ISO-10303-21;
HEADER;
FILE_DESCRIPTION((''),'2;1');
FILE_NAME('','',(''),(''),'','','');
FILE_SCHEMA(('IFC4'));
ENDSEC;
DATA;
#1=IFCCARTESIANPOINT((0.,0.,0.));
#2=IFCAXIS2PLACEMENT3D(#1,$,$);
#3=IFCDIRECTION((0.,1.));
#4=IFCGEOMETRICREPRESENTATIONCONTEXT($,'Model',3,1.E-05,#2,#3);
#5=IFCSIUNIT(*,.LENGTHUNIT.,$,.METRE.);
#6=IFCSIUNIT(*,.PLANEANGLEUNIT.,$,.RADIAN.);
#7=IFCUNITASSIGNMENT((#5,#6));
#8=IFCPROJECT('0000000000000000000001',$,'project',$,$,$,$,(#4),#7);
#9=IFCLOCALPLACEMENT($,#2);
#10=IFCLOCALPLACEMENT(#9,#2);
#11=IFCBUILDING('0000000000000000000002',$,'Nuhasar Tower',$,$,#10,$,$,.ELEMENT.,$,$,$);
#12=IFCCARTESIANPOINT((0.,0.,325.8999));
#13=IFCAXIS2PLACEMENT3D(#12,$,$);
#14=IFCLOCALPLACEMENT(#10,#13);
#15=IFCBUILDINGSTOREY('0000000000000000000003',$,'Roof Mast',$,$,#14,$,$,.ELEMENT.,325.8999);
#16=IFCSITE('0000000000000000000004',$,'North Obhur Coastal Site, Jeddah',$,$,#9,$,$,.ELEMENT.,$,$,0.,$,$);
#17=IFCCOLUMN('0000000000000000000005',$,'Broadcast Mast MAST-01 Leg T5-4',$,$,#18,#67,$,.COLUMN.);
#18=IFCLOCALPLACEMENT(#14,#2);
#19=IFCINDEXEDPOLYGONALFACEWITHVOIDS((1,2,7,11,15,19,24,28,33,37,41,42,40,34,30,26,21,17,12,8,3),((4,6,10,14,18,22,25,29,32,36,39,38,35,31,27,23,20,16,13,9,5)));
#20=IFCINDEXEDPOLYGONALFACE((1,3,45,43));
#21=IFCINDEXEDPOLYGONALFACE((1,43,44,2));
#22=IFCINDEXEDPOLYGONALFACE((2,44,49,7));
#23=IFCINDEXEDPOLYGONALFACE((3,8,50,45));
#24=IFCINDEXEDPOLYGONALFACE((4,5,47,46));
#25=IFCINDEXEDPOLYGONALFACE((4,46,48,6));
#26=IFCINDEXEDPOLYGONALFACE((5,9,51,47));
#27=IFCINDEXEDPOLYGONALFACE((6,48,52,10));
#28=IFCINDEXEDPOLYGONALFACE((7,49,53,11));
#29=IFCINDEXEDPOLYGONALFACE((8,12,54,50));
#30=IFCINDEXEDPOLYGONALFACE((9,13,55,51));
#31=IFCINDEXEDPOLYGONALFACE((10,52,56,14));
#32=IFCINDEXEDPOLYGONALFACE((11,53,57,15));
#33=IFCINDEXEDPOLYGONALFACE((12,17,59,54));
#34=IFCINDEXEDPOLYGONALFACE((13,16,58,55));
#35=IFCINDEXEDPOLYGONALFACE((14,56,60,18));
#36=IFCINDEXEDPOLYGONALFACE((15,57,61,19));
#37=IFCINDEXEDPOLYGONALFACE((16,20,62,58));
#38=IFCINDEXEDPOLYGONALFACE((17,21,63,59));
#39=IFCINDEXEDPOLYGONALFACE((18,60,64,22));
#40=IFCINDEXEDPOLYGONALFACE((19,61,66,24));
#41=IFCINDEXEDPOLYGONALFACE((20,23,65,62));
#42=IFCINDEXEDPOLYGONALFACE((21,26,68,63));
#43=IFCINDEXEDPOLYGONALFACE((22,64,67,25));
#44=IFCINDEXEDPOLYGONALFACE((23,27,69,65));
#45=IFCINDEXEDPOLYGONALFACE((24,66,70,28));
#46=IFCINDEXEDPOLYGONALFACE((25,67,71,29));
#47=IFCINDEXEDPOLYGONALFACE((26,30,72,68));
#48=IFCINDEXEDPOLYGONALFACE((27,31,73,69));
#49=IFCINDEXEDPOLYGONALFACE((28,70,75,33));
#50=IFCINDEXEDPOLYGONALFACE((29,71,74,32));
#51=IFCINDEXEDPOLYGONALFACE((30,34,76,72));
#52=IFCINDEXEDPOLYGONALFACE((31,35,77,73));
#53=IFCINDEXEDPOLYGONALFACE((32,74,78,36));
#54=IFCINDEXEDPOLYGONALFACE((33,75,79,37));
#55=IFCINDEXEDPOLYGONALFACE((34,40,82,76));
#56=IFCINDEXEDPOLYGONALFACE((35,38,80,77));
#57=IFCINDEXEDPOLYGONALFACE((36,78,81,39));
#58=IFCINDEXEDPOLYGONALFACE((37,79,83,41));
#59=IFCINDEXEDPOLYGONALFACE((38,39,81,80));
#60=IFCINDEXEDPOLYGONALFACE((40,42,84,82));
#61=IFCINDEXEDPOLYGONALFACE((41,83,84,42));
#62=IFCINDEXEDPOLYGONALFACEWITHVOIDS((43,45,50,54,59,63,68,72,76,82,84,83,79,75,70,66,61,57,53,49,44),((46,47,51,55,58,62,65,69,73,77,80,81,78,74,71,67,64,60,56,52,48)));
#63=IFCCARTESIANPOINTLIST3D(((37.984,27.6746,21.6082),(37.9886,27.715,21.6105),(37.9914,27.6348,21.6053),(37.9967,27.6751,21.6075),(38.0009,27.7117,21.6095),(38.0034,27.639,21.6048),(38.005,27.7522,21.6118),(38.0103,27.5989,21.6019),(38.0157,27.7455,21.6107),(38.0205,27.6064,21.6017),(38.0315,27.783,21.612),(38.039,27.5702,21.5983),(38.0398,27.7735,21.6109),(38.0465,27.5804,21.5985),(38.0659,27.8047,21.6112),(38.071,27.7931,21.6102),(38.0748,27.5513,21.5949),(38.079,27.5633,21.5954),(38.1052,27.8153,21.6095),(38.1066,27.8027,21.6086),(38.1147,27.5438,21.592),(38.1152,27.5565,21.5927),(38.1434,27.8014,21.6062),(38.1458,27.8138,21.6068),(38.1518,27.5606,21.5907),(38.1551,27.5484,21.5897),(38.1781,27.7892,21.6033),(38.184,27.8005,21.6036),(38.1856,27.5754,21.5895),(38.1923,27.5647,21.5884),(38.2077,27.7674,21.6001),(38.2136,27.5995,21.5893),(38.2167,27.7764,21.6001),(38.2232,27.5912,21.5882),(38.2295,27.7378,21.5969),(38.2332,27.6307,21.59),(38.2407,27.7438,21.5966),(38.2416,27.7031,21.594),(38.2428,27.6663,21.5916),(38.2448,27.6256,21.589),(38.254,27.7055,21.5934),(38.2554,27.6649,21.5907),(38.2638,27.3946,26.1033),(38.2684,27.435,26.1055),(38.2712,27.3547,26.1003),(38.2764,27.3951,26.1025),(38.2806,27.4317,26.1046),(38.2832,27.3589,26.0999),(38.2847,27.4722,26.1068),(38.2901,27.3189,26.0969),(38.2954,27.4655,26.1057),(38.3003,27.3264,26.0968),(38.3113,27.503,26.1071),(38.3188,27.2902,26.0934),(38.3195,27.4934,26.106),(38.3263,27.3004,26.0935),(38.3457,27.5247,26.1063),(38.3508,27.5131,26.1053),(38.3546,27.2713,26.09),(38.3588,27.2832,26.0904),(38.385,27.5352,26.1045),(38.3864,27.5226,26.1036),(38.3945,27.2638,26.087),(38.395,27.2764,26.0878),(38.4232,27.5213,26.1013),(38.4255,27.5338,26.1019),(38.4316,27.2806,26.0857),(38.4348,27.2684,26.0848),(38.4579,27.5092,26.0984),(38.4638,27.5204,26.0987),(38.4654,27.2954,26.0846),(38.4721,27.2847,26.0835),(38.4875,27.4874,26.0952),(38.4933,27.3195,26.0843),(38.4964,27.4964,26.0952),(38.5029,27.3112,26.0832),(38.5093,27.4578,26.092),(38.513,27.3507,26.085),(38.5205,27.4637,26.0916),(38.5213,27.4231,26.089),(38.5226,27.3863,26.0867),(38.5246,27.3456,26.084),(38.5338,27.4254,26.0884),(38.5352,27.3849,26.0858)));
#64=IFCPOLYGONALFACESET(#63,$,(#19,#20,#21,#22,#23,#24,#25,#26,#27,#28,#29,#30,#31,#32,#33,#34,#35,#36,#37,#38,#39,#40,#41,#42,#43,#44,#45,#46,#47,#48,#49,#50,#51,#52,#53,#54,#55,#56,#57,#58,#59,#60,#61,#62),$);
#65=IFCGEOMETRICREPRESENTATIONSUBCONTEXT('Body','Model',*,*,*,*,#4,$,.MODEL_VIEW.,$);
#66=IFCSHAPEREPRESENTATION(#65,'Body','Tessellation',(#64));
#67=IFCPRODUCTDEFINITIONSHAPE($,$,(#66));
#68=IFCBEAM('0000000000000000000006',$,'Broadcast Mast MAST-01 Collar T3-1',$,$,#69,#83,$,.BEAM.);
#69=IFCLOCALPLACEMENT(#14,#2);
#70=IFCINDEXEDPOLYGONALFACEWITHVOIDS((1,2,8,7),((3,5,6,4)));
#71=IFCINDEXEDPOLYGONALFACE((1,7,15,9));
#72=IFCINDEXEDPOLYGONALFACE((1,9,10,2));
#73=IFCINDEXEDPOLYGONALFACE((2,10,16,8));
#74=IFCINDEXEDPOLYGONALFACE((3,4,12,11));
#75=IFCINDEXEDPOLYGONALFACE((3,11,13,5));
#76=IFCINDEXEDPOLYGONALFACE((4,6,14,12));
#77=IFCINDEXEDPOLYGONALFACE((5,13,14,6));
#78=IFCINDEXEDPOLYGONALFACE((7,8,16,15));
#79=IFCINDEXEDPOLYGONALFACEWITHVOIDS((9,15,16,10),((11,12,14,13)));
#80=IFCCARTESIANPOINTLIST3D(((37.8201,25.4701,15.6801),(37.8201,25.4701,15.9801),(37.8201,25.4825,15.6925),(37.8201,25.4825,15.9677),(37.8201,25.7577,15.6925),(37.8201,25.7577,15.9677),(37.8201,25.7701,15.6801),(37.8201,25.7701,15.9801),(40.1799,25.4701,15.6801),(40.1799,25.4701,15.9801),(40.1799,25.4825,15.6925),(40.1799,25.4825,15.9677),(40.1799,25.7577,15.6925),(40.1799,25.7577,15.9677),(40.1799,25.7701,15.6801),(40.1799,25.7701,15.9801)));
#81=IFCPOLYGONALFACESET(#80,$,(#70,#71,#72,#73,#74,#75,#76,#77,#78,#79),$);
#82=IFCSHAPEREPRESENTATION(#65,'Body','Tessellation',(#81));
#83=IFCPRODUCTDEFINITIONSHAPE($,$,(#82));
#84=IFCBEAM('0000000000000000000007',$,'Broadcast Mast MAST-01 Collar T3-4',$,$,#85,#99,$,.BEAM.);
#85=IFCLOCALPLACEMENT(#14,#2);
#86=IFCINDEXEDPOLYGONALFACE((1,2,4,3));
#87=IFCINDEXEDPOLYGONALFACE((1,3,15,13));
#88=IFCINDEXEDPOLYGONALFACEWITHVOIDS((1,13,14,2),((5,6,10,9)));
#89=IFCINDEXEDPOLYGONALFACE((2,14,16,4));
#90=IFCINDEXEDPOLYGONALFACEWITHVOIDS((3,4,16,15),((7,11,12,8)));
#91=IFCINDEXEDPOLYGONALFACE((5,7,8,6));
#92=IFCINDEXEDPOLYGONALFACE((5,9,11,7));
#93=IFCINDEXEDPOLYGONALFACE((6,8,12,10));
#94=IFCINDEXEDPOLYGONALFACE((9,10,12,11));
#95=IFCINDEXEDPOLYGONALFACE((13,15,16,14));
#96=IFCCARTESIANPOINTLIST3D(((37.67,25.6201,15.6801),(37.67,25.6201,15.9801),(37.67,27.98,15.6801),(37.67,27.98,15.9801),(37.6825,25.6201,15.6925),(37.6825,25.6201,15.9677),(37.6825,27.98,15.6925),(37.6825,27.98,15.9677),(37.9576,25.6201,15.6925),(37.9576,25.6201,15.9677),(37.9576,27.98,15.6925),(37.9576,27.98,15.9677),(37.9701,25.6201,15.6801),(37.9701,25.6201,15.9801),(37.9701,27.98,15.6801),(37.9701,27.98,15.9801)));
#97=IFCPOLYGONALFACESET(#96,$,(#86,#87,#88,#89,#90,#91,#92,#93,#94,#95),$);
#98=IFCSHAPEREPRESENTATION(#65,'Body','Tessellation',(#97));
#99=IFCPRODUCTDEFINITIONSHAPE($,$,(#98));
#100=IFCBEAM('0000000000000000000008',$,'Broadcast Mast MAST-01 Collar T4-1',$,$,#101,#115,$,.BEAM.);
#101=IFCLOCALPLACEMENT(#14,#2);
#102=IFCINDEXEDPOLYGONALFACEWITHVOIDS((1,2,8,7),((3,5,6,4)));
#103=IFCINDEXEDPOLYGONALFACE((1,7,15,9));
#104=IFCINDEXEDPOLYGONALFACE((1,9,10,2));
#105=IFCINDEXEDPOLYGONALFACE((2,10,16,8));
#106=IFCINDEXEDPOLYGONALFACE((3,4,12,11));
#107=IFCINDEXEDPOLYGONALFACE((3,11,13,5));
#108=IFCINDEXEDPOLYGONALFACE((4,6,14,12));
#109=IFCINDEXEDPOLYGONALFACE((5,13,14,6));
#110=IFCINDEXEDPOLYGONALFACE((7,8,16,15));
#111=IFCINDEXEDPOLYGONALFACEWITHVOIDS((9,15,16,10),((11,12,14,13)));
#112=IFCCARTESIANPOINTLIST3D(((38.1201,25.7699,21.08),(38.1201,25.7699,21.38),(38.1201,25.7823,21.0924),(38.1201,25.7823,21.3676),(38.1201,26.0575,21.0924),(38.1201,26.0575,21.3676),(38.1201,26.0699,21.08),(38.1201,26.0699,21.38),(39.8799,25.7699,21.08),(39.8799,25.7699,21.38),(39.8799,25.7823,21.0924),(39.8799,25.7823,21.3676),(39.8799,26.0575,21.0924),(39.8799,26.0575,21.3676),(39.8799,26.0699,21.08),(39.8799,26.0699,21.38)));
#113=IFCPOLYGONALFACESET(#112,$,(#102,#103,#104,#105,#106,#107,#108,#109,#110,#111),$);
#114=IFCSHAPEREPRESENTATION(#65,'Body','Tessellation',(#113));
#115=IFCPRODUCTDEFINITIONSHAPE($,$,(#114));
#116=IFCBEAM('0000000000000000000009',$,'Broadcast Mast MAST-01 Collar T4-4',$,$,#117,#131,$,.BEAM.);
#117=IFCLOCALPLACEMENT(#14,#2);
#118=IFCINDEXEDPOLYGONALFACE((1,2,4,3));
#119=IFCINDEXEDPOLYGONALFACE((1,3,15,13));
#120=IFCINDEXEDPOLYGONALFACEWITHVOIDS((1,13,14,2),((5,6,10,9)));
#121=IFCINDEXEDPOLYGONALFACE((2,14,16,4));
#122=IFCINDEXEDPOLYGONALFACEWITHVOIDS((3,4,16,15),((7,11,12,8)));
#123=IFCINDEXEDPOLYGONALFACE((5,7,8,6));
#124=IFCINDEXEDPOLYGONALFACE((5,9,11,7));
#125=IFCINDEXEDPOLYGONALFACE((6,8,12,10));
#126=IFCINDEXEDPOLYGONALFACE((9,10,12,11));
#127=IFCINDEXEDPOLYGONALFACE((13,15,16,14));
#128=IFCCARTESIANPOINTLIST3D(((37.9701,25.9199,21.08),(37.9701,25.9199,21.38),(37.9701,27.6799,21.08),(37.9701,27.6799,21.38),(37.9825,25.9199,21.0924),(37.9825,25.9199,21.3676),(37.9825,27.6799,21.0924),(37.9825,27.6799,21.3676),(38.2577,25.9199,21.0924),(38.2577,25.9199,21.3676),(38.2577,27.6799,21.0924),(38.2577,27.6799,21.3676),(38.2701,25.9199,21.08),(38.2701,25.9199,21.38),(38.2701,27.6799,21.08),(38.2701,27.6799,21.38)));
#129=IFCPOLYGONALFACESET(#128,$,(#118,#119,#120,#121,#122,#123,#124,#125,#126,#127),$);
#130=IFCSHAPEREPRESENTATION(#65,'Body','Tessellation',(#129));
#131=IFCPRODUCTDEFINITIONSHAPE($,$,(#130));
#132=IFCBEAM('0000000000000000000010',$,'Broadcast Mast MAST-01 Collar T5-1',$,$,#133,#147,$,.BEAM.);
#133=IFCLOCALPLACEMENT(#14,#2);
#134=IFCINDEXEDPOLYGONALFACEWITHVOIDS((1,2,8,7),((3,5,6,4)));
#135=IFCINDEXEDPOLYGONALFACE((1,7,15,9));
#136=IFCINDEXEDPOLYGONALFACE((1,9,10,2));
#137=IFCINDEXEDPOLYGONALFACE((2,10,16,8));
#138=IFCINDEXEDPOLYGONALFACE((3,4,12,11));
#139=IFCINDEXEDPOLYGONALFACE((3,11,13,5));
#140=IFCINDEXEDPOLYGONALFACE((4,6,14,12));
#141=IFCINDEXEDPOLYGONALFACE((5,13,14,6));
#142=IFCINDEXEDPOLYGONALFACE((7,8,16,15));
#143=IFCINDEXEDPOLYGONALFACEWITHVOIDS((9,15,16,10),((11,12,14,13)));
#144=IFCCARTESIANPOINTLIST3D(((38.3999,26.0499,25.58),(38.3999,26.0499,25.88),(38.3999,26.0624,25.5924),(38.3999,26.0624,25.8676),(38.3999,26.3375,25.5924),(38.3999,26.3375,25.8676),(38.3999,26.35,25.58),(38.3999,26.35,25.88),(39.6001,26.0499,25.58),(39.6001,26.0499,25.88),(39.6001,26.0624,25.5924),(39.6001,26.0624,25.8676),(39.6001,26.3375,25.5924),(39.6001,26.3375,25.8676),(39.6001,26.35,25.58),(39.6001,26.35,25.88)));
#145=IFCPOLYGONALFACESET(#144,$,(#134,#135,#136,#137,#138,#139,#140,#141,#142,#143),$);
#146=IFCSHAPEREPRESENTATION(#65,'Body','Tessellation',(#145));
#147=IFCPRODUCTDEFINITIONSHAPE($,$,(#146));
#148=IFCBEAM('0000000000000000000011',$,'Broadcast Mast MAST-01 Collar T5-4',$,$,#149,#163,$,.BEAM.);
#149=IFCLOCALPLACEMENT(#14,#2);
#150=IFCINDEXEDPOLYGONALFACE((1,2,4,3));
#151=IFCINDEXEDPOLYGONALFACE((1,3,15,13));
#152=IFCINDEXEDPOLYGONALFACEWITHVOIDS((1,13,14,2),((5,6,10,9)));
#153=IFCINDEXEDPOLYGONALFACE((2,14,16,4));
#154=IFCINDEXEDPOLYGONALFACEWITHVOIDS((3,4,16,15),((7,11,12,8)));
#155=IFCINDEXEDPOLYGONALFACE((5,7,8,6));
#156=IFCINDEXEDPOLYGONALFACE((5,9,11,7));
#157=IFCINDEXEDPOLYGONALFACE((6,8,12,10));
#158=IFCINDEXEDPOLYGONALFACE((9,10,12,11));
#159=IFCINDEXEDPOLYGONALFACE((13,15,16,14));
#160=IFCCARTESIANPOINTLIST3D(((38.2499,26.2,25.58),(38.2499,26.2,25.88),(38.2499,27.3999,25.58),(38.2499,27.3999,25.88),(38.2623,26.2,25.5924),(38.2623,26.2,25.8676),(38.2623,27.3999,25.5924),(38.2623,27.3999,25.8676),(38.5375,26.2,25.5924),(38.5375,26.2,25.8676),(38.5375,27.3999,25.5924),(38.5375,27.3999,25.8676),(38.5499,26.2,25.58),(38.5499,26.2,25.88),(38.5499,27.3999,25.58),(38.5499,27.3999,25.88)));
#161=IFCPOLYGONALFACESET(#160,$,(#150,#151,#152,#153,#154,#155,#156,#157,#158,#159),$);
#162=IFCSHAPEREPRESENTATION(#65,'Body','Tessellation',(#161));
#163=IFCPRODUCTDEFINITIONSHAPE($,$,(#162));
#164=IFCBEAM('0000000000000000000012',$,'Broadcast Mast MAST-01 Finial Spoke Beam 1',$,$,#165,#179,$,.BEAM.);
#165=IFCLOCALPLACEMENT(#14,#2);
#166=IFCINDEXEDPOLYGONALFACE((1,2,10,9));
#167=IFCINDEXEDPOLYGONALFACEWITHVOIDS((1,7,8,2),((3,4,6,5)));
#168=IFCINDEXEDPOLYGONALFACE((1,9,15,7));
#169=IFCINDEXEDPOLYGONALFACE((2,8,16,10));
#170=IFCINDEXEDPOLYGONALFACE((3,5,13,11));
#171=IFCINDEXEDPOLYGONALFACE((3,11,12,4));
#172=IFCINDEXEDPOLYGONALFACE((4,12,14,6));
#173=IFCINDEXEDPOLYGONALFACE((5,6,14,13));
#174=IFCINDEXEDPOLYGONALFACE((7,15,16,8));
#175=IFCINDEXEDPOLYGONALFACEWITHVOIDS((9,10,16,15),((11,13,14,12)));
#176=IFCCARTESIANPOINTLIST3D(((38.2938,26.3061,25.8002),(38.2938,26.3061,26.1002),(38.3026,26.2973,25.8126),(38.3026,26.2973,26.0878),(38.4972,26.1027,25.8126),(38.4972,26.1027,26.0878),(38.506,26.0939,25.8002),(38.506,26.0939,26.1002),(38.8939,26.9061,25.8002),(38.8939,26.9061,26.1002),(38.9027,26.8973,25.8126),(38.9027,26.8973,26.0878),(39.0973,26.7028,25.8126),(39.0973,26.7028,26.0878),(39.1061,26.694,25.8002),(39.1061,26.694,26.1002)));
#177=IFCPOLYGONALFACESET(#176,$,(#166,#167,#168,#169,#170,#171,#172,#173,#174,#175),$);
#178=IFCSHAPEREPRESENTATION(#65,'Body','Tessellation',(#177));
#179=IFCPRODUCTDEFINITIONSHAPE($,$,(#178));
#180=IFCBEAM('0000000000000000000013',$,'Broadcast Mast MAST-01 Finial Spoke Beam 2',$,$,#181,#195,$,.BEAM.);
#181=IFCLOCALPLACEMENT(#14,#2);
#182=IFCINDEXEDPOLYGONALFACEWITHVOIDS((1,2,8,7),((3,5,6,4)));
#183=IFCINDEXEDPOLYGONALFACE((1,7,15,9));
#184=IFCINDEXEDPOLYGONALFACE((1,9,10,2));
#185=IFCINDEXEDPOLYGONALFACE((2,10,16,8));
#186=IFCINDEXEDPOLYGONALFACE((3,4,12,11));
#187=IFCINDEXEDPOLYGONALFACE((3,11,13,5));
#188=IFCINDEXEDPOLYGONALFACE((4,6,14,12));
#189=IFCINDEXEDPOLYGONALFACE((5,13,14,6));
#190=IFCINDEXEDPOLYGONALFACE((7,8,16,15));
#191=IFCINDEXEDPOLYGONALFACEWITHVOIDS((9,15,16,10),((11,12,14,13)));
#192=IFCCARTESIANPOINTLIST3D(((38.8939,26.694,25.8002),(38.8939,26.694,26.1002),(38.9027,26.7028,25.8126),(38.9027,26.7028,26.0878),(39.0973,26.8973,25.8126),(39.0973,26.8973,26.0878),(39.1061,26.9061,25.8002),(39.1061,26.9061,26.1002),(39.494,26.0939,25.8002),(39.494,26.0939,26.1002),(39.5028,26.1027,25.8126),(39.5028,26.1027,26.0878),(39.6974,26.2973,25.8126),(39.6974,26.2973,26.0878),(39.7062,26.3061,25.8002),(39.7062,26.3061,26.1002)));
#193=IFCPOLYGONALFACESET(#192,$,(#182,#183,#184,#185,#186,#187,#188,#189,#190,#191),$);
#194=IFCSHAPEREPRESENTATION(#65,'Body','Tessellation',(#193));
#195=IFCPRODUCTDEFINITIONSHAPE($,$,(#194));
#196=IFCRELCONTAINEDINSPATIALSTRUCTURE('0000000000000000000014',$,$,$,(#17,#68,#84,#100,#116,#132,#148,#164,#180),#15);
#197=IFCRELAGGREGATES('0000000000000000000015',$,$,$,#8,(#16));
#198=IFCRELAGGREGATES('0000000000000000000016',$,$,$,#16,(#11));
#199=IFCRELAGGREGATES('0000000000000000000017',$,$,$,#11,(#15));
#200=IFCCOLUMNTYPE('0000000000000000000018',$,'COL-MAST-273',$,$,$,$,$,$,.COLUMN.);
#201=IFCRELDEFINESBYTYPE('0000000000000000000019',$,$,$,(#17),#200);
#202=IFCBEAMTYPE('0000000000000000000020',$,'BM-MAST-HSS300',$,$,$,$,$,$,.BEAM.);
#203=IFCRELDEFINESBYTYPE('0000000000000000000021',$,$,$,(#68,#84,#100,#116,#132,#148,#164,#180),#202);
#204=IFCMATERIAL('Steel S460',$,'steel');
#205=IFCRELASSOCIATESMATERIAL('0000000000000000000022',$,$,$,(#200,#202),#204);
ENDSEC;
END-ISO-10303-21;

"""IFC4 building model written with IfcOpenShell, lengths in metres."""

from ifc_helpers import new_model, si_unit, direction, frame, origin, origin_2d, place, context, subcontext, project, spatial, hollow_rectangle, hollow_circle, extrude, material, material_profile, profile_set, type_object, element, save


model = new_model("IFC4")

# Units and contexts
model_context = context("Model", 3, precision=1e-05, world=origin(), true_north=direction((0.0, 1.0)))
body_context = subcontext(model_context, "Body", "Model", "MODEL_VIEW")
ifc_project = project(units=[si_unit("LENGTHUNIT", "METRE"), si_unit("PLANEANGLEUNIT", "RADIAN")], contexts=[model_context])

# Site, building, storey
site_placement = place(None, origin())
site = spatial("IfcSite", under=ifc_project, at=site_placement, Name="North Obhur Coastal Site, Jeddah", CompositionType="ELEMENT", RefElevation=0.0)
building_placement = place(site_placement, origin())
building = spatial("IfcBuilding", under=site, at=building_placement, Name="Nuhasar Tower", CompositionType="ELEMENT")
storey_placement = place(building_placement, frame((0.0, 0.0, 325.8999)))
storey = spatial("IfcBuildingStorey", under=building, at=storey_placement, Name="Roof Mast", CompositionType="ELEMENT", Elevation=325.8999)

# Column
ifc_material = material(Name="Steel S460", Category="steel")
ifc_material_profile_1 = material_profile(ifc_material, hollow_circle(Radius=0.1365, WallThickness=0.0127, at=origin_2d()), Name="HSS273.1X12.7")
ifc_profile_set_1 = profile_set([ifc_material_profile_1], Name="Steel S460")
column_type = type_object("IfcColumnType", Name="COL-MAST-273", PredefinedType="COLUMN", material=ifc_profile_set_1)
for number, where, z_axis, x_axis, name in (
    (1, (38.1201, 27.6799, 21.6001), (0.062002, -0.062056, 0.996145), (0.707415, 0.706798, 0.0), "Broadcast Mast MAST-01 Leg T5-4"),
):
    element("IfcColumn", number, at=place(storey_placement, frame(where, z_axis=z_axis, x_axis=x_axis)), inside=storey, type_object=column_type, Name=name, PredefinedType="COLUMN", context=body_context, shape_type="SweptSolid", body=[
        extrude(hollow_circle(Radius=0.1365, WallThickness=0.0127, at=origin_2d()), origin(), (0.0, 0.0, 1.0), 4.5125),
    ])

# Beams
ifc_material_profile_2 = material_profile(ifc_material, hollow_rectangle(XDim=0.3, YDim=0.3, WallThickness=0.0125, at=origin_2d()), Name="HSS300X300X12.5")
ifc_profile_set_2 = profile_set([ifc_material_profile_2], Name="Steel S460")
beam_type = type_object("IfcBeamType", Name="BM-MAST-HSS300", PredefinedType="BEAM", material=ifc_profile_set_2)
for number, where, z_axis, x_axis, name in (
    (2, (37.8201, 25.6201, 15.8301), (1.0, 0.0, 0.0), (0.0, 1.0, 0.0), "Broadcast Mast MAST-01 Collar T3-1"),
    (3, (37.8201, 27.98, 15.8301), (0.0, -1.0, 0.0), (1.0, 0.0, 0.0), "Broadcast Mast MAST-01 Collar T3-4"),
):
    element("IfcBeam", number, at=place(storey_placement, frame(where, z_axis=z_axis, x_axis=x_axis)), inside=storey, type_object=beam_type, Name=name, PredefinedType="BEAM", context=body_context, shape_type="SweptSolid", body=[
        extrude(hollow_rectangle(XDim=0.3, YDim=0.3, WallThickness=0.0125, at=origin_2d()), origin(), (0.0, 0.0, 1.0), 2.3599),
    ])
beam_1_placement = place(storey_placement, frame((38.1201, 25.9199, 21.23), z_axis=(1.0, 0.0, 0.0), x_axis=(0.0, 1.0, 0.0)))
element("IfcBeam", 4, at=beam_1_placement, inside=storey, type_object=beam_type, Name="Broadcast Mast MAST-01 Collar T4-1", PredefinedType="BEAM", context=body_context, shape_type="SweptSolid", body=[
    extrude(hollow_rectangle(XDim=0.3, YDim=0.3, WallThickness=0.0125, at=origin_2d()), origin(), (0.0, 0.0, 1.0), 1.7598),
])
beam_2_placement = place(storey_placement, frame((38.1201, 27.6799, 21.23), z_axis=(0.0, -1.0, 0.0), x_axis=(1.0, 0.0, 0.0)))
element("IfcBeam", 5, at=beam_2_placement, inside=storey, type_object=beam_type, Name="Broadcast Mast MAST-01 Collar T4-4", PredefinedType="BEAM", context=body_context, shape_type="SweptSolid", body=[
    extrude(hollow_rectangle(XDim=0.3, YDim=0.3, WallThickness=0.0125, at=origin_2d()), origin(), (0.0, 0.0, 1.0), 1.76),
])
beam_3_placement = place(storey_placement, frame((38.3999, 26.2, 25.73), z_axis=(1.0, 0.0, 0.0), x_axis=(0.0, 1.0, 0.0)))
element("IfcBeam", 6, at=beam_3_placement, inside=storey, type_object=beam_type, Name="Broadcast Mast MAST-01 Collar T5-1", PredefinedType="BEAM", context=body_context, shape_type="SweptSolid", body=[
    extrude(hollow_rectangle(XDim=0.3, YDim=0.3, WallThickness=0.0125, at=origin_2d()), origin(), (0.0, 0.0, 1.0), 1.2002),
])
beam_4_placement = place(storey_placement, frame((38.3999, 27.3999, 25.73), z_axis=(0.0, -1.0, 0.0), x_axis=(1.0, 0.0, 0.0)))
element("IfcBeam", 7, at=beam_4_placement, inside=storey, type_object=beam_type, Name="Broadcast Mast MAST-01 Collar T5-4", PredefinedType="BEAM", context=body_context, shape_type="SweptSolid", body=[
    extrude(hollow_rectangle(XDim=0.3, YDim=0.3, WallThickness=0.0125, at=origin_2d()), origin(), (0.0, 0.0, 1.0), 1.2),
])
for number, where, z_axis, x_axis, name in (
    (8, (39.0, 26.8, 25.9502), (-0.707107, -0.707107, 0.0), (0.707107, -0.707107, 0.0), "Broadcast Mast MAST-01 Finial Spoke Beam 1"),
    (9, (39.0, 26.8, 25.9502), (0.707107, -0.707107, 0.0), (0.707107, 0.707107, 0.0), "Broadcast Mast MAST-01 Finial Spoke Beam 2"),
):
    element("IfcBeam", number, at=place(storey_placement, frame(where, z_axis=z_axis, x_axis=x_axis)), inside=storey, type_object=beam_type, Name=name, PredefinedType="BEAM", context=body_context, shape_type="SweptSolid", body=[
        extrude(hollow_rectangle(XDim=0.3, YDim=0.3, WallThickness=0.0125, at=origin_2d()), origin(), (0.0, 0.0, 1.0), 0.8486),
    ])

save(model, "model.ifc")
